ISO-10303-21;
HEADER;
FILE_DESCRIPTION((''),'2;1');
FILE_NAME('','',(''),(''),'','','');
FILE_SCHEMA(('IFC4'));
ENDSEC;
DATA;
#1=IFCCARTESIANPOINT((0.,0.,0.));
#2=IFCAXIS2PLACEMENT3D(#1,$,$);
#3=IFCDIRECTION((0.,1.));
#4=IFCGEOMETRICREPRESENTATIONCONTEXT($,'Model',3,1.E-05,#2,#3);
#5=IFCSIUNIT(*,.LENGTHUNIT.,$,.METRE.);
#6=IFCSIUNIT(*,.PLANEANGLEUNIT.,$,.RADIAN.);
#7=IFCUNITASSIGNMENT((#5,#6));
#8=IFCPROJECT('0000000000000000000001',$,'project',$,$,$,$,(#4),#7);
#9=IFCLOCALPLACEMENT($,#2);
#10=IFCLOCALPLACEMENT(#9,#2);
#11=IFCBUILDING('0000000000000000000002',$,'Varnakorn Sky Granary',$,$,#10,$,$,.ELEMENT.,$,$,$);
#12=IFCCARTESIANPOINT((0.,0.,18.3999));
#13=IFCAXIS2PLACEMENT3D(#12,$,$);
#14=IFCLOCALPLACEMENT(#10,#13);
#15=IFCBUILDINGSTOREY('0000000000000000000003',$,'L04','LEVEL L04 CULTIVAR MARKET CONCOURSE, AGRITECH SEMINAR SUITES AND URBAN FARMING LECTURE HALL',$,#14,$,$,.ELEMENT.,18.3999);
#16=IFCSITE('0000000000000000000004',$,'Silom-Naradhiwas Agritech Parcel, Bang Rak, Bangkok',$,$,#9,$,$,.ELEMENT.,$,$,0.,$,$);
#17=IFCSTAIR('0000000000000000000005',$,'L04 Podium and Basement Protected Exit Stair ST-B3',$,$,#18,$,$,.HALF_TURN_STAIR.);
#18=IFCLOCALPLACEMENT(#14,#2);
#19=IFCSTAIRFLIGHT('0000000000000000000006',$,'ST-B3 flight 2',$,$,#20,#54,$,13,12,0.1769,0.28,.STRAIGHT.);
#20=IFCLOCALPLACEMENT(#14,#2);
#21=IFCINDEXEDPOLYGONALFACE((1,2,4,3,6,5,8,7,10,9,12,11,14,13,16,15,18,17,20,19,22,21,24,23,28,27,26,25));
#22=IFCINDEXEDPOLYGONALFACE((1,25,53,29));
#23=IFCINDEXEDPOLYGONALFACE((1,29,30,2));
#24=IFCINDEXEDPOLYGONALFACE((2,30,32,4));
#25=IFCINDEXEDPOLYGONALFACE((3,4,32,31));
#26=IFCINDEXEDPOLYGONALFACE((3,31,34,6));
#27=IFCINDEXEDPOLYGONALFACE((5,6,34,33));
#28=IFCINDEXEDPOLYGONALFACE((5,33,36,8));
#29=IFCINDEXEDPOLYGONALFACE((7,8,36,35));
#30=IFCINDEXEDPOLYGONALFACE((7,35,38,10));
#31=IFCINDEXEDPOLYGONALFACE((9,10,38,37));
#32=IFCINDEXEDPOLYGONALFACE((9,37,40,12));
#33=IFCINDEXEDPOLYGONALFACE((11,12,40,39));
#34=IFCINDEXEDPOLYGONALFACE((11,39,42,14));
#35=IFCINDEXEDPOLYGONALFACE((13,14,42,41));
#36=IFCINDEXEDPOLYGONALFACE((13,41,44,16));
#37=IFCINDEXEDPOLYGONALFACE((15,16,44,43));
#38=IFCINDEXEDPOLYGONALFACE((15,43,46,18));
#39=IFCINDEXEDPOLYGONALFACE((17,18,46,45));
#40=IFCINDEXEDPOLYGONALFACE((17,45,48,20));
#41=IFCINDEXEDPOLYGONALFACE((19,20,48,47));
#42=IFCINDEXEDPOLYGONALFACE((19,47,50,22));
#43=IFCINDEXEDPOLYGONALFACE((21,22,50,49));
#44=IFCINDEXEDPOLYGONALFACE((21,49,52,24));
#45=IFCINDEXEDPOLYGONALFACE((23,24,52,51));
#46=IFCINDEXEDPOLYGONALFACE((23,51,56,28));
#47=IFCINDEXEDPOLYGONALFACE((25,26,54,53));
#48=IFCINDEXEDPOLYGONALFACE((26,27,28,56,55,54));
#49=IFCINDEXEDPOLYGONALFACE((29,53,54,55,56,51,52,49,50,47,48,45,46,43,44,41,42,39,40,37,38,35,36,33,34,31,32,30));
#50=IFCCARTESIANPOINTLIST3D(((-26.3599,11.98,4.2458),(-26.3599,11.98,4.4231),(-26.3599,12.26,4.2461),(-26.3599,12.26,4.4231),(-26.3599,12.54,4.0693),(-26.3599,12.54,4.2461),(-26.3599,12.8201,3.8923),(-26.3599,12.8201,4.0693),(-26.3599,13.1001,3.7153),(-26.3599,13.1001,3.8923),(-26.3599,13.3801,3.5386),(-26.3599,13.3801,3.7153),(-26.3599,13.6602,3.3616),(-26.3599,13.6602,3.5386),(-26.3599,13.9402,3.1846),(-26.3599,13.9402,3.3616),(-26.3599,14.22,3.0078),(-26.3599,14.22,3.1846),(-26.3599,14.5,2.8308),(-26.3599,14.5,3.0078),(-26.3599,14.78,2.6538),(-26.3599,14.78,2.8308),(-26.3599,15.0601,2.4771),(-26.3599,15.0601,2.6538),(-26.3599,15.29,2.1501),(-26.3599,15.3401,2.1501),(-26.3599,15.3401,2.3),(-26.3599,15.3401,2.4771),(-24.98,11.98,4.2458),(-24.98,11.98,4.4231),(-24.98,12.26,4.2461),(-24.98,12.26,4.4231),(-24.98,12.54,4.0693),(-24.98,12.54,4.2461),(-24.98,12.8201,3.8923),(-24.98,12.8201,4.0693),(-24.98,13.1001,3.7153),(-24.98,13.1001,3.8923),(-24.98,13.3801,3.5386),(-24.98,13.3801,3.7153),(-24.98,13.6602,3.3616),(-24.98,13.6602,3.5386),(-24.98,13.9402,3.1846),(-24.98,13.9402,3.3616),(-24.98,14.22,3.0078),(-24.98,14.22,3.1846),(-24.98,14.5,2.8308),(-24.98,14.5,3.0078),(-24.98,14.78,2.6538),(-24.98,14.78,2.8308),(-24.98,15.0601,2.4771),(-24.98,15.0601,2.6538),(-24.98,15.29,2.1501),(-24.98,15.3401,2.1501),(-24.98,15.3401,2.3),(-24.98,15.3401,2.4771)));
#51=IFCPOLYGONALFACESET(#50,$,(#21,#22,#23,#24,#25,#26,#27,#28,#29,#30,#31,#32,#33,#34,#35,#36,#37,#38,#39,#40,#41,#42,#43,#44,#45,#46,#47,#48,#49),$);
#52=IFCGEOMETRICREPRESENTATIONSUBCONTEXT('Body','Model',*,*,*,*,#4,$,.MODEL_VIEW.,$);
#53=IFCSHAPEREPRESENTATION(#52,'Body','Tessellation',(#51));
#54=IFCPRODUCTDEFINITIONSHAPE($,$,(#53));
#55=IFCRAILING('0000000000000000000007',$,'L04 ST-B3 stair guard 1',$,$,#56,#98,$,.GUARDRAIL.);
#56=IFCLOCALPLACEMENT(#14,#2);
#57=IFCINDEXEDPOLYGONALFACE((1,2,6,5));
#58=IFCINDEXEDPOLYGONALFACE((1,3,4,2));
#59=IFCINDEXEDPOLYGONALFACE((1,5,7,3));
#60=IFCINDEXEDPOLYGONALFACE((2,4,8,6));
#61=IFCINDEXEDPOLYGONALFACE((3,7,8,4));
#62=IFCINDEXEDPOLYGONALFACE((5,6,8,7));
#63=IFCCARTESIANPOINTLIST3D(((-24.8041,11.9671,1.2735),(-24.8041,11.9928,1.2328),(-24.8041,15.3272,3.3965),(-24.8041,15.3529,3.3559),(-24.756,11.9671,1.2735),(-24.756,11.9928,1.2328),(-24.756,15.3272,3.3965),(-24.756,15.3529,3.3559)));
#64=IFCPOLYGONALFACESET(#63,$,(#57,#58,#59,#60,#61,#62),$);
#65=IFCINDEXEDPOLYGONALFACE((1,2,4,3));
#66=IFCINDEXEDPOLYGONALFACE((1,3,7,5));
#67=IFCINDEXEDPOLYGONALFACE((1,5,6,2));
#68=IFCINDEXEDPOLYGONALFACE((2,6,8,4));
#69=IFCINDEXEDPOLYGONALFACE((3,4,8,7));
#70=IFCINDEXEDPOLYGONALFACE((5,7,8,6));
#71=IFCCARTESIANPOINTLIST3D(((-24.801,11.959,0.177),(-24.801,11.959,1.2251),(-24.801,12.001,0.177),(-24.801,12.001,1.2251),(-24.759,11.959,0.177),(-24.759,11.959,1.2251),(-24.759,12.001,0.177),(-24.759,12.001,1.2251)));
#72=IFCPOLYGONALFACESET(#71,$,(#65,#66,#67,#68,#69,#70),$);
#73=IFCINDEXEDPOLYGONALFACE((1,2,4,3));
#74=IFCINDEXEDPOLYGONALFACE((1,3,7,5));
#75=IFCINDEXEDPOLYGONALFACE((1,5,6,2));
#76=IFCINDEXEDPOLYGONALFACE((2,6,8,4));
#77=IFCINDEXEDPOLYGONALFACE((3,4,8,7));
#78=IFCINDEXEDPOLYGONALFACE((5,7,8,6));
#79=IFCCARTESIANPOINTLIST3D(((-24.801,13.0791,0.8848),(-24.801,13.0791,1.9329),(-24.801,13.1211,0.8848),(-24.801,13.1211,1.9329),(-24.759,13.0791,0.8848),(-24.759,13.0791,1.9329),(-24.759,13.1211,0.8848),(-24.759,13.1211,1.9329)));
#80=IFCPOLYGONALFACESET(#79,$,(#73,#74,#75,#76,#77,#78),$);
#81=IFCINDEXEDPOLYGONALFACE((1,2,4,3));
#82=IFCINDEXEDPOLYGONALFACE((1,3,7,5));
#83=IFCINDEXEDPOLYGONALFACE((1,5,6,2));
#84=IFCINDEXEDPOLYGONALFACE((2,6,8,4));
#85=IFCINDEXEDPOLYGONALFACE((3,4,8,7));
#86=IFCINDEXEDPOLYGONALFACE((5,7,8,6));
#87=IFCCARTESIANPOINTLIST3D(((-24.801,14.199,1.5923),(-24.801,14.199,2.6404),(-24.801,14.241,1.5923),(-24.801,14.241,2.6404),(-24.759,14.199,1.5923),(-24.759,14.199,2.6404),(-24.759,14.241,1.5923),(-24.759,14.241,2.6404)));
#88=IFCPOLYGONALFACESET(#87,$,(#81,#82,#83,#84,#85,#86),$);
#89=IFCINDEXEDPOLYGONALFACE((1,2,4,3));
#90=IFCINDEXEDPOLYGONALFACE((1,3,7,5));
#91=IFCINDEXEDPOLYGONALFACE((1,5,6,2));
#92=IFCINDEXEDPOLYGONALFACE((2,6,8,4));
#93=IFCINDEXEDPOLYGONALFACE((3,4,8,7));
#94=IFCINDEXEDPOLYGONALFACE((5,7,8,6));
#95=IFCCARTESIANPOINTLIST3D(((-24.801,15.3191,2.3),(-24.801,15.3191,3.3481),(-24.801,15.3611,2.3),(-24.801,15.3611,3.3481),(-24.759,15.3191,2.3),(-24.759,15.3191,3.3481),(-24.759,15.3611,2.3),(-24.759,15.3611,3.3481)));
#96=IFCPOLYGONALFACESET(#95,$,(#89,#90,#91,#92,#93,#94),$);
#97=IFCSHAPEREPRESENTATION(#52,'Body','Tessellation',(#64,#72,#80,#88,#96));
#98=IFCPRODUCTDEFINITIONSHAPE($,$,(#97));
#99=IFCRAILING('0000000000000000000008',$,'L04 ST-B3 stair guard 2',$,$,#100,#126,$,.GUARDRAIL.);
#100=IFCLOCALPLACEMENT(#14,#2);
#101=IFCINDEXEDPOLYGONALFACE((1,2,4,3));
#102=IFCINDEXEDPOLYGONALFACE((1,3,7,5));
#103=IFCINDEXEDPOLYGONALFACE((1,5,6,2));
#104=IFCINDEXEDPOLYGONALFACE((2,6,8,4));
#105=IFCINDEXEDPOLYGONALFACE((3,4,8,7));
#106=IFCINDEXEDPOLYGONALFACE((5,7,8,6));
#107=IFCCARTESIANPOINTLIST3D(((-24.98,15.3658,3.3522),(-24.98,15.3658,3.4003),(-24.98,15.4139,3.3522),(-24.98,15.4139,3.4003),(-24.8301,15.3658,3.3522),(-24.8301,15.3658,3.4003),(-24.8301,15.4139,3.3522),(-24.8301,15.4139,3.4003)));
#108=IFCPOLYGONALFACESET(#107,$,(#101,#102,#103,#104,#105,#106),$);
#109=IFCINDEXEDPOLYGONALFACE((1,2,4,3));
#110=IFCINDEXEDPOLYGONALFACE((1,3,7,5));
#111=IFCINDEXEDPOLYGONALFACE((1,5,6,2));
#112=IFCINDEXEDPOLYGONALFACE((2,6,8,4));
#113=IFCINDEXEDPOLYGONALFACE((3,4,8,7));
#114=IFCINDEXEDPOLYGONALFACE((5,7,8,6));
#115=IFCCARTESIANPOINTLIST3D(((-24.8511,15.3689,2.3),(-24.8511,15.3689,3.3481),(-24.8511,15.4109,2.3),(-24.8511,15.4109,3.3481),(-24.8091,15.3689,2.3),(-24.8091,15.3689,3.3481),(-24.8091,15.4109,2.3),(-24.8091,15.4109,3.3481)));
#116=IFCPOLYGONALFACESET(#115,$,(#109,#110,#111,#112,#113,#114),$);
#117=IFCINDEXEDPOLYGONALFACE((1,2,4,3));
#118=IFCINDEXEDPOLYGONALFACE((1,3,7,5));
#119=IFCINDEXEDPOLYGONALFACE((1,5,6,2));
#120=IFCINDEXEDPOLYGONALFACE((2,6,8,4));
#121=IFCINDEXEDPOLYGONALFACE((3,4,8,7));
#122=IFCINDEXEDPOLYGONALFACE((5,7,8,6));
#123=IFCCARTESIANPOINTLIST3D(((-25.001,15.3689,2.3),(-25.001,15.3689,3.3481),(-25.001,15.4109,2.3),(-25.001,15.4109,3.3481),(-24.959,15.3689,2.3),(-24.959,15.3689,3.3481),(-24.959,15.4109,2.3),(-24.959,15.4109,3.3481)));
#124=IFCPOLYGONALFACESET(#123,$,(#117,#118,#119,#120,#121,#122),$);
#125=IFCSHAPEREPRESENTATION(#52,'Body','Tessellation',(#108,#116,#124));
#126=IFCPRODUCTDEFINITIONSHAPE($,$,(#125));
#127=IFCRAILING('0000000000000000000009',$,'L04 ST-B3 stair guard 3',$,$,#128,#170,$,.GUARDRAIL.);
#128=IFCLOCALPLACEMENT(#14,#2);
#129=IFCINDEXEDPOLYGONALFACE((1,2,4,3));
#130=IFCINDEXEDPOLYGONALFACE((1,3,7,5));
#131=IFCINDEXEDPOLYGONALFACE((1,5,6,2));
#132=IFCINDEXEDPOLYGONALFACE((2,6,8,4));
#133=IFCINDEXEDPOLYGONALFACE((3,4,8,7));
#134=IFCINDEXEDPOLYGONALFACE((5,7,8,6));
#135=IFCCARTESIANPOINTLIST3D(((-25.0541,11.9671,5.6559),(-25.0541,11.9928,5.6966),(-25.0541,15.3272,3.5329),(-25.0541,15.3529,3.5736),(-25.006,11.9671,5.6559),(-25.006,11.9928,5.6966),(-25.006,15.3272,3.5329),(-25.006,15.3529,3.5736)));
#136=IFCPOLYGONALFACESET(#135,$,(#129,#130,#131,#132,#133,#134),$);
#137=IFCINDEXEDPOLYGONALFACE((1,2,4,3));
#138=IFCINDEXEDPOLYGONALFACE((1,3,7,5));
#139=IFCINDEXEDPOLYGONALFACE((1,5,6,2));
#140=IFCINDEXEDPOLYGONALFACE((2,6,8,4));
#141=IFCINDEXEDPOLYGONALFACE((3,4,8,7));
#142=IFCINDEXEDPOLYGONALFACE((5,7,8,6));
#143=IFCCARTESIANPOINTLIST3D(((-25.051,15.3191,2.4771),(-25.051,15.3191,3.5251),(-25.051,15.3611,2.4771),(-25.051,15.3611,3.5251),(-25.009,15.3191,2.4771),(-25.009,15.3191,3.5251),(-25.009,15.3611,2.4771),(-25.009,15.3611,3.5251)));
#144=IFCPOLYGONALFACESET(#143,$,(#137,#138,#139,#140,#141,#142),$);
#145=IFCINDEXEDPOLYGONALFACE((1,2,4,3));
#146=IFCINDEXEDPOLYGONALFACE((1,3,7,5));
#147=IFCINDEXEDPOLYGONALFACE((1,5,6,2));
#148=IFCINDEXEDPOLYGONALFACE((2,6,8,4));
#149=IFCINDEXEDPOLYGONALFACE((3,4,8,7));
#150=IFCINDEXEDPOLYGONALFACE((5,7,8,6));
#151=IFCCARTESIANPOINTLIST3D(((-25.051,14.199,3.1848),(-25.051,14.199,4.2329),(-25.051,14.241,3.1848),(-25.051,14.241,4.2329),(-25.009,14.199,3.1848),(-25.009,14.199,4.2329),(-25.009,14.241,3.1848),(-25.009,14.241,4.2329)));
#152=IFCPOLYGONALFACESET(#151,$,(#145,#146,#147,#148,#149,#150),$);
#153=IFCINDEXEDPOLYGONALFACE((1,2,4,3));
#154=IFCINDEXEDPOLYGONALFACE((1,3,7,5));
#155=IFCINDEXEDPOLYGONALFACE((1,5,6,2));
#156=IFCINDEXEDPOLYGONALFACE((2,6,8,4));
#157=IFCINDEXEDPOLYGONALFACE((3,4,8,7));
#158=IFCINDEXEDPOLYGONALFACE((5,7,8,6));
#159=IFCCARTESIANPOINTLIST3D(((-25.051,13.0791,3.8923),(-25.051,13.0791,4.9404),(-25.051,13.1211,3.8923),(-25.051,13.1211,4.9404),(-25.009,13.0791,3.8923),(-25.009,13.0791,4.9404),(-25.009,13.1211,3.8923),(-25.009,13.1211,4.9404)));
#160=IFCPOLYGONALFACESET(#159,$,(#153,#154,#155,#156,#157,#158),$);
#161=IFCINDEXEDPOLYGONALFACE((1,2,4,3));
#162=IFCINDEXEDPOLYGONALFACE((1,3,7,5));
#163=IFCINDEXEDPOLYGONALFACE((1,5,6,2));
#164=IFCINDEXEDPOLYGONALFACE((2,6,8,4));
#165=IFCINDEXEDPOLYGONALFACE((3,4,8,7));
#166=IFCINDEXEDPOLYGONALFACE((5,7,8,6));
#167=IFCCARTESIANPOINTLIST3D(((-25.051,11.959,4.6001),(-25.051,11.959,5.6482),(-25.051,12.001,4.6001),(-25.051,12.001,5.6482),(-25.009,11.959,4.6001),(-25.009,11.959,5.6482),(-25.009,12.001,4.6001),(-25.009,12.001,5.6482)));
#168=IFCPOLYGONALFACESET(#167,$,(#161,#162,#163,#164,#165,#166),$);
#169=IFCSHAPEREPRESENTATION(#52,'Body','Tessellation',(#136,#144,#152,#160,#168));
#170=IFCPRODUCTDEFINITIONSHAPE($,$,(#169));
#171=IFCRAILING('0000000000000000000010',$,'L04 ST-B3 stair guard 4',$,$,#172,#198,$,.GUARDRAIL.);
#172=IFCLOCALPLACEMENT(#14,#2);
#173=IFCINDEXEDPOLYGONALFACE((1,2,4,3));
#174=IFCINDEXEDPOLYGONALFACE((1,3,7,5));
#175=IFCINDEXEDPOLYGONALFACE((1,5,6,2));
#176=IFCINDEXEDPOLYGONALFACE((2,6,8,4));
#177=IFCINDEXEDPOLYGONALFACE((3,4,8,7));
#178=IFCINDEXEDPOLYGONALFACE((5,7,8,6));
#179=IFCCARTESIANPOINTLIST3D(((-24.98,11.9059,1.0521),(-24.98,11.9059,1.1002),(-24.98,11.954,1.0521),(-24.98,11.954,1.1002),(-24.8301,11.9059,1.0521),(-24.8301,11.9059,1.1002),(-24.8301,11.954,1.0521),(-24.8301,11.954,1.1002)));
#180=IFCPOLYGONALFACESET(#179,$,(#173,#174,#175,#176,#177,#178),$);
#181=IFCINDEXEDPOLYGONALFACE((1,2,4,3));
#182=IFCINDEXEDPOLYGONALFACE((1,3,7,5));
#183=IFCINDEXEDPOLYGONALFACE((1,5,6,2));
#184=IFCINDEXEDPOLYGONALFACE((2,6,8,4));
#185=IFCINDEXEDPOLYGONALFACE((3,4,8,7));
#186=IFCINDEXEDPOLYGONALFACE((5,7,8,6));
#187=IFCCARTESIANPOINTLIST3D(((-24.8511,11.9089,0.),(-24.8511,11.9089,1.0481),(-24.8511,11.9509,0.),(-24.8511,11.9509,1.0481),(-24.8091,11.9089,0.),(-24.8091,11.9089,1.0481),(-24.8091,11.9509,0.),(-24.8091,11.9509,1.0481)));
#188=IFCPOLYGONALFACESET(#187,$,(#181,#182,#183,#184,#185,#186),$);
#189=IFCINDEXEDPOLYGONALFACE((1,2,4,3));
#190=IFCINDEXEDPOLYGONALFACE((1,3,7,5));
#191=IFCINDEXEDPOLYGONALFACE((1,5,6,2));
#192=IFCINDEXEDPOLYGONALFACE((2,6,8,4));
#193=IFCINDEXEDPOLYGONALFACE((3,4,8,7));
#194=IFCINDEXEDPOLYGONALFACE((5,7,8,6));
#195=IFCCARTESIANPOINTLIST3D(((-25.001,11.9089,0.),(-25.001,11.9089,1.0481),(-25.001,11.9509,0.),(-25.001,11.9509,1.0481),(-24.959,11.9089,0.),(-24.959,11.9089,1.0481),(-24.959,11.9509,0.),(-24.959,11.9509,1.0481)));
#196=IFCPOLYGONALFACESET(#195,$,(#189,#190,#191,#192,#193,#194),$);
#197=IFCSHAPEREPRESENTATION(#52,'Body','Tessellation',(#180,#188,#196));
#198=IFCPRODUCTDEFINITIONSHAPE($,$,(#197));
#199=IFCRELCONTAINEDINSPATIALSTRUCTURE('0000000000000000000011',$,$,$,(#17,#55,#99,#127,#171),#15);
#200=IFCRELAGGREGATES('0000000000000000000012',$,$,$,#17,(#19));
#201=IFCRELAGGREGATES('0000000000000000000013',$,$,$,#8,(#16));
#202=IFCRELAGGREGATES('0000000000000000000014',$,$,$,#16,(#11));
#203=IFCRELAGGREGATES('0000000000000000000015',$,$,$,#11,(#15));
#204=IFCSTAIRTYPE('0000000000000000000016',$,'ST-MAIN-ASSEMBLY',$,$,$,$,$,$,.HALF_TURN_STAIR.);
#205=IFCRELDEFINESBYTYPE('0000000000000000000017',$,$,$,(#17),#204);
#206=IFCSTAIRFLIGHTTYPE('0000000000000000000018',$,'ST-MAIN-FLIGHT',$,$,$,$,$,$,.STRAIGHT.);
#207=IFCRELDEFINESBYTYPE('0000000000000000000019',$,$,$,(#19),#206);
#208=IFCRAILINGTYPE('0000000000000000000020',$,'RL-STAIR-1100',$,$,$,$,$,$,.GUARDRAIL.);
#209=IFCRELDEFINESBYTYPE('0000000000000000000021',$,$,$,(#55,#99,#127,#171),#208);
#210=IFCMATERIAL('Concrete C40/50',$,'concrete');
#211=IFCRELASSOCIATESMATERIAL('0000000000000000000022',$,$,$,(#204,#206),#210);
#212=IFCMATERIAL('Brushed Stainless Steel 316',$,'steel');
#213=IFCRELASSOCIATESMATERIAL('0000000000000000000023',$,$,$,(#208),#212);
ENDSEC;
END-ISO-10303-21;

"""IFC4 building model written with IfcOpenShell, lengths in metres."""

from ifc_helpers import new_model, si_unit, direction, frame, origin, origin_2d, place, context, subcontext, project, spatial, polyline, rectangle, outline, extrude, material, type_object, element, aggregate, save


model = new_model("IFC4")

# Units and contexts
model_context = context("Model", 3, precision=1e-05, world=origin(), true_north=direction((0.0, 1.0)))
body_context = subcontext(model_context, "Body", "Model", "MODEL_VIEW")
ifc_project = project(units=[si_unit("LENGTHUNIT", "METRE"), si_unit("PLANEANGLEUNIT", "RADIAN")], contexts=[model_context])

# Site, building, storey
site_placement = place(None, origin())
site = spatial("IfcSite", under=ifc_project, at=site_placement, Name="Silom-Naradhiwas Agritech Parcel, Bang Rak, Bangkok", CompositionType="ELEMENT", RefElevation=0.0)
building_placement = place(site_placement, origin())
building = spatial("IfcBuilding", under=site, at=building_placement, Name="Varnakorn Sky Granary", CompositionType="ELEMENT")
storey_placement = place(building_placement, frame((0.0, 0.0, 18.3999)))
storey = spatial("IfcBuildingStorey", under=building, at=storey_placement, Name="L04", Description="LEVEL L04 CULTIVAR MARKET CONCOURSE, AGRITECH SEMINAR SUITES AND URBAN FARMING LECTURE HALL", CompositionType="ELEMENT", Elevation=18.3999)

# Stair, stair flight
ifc_material_1 = material(Name="Concrete C40/50", Category="concrete")
stair_type = type_object("IfcStairType", Name="ST-MAIN-ASSEMBLY", PredefinedType="HALF_TURN_STAIR", material=ifc_material_1)
stair_placement = place(storey_placement, origin())
stair = element("IfcStair", 1, at=stair_placement, inside=storey, type_object=stair_type, Name="L04 Podium and Basement Protected Exit Stair ST-B3", PredefinedType="HALF_TURN_STAIR")
stair_flight_type = type_object("IfcStairFlightType", Name="ST-MAIN-FLIGHT", PredefinedType="STRAIGHT", material=ifc_material_1)
stair_flight_1_placement = place(storey_placement, frame((-25.6699, 15.3401, 2.3), z_axis=(0.0, 0.0, 1.0), x_axis=(0.0, -1.0, 0.0)))
stair_flight_1 = element("IfcStairFlight", 2, at=stair_flight_1_placement, type_object=stair_flight_type, Name="ST-B3 flight 2", NumberOfRisers=13, NumberOfTreads=12, PredefinedType="STRAIGHT", RiserHeight=0.1769, TreadLength=0.28, context=body_context, shape_type="SweptSolid", body=[
    extrude(outline(polyline([(0.0, -0.1499), (0.0, 0.0), (0.0, 0.177), (0.28, 0.177), (0.28, 0.3538), (0.5601, 0.3538), (0.5601, 0.5308), (0.8401, 0.5308), (0.8401, 0.7078), (1.1201, 0.7078), (1.1201, 0.8845), (1.3999, 0.8845), (1.3999, 1.0615), (1.6799, 1.0615), (1.6799, 1.2385), (1.96, 1.2385), (1.96, 1.4153), (2.24, 1.4153), (2.24, 1.5923), (2.52, 1.5923), (2.52, 1.7693), (2.8, 1.7693), (2.8, 1.946), (3.0801, 1.946), (3.0801, 2.123), (3.3601, 2.123), (3.3601, 2.3), (3.3601, 1.9458), (0.05, -0.1499), (0.0, -0.1499)])), frame((0.0, 0.6899, 0.0), z_axis=(0.0, -1.0, 0.0), x_axis=(1.0, 0.0, 0.0)), (0.0, 0.0, 1.0), 1.3799),
])
aggregate(stair, [stair_flight_1])

# Railings
ifc_material_2 = material(Name="Brushed Stainless Steel 316", Category="steel")
railing_type_1 = type_object("IfcRailingType", Name="RL-STAIR-1100", PredefinedType="GUARDRAIL", material=ifc_material_2)
railing_1_placement = place(storey_placement, frame((-24.78, 11.98, 0.177)))
element("IfcRailing", 3, at=railing_1_placement, inside=storey, type_object=railing_type_1, Name="L04 ST-B3 stair guard 1", PredefinedType="GUARDRAIL", context=body_context, shape_type="SweptSolid", body=[
    extrude(rectangle(XDim=0.0481, YDim=0.0481, at=origin_2d()), frame((0.0, 0.0, 1.0762), z_axis=(0.0, 0.84539, 0.53415), x_axis=(-1.0, 0.0, 0.0)), (0.0, 0.0, 1.0), 3.9746),
    extrude(rectangle(XDim=0.042, YDim=0.042, at=origin_2d()), origin(), (0.0, 0.0, 1.0), 1.0481),
    extrude(rectangle(XDim=0.042, YDim=0.042, at=origin_2d()), frame((0.0, 1.1201, 0.7078)), (0.0, 0.0, 1.0), 1.0481),
    extrude(rectangle(XDim=0.042, YDim=0.042, at=origin_2d()), frame((0.0, 2.24, 1.4153)), (0.0, 0.0, 1.0), 1.0481),
    extrude(rectangle(XDim=0.042, YDim=0.042, at=origin_2d()), frame((0.0, 3.3601, 2.123)), (0.0, 0.0, 1.0), 1.0481),
])
railing_2_placement = place(storey_placement, frame((-24.8301, 15.3899, 2.3)))
element("IfcRailing", 4, at=railing_2_placement, inside=storey, type_object=railing_type_1, Name="L04 ST-B3 stair guard 2", PredefinedType="GUARDRAIL", context=body_context, shape_type="SweptSolid", body=[
    extrude(rectangle(XDim=0.0481, YDim=0.0481, at=origin_2d()), frame((0.0, 0.0, 1.0762), z_axis=(-1.0, 0.0, 0.0), x_axis=(0.0, -1.0, 0.0)), (0.0, 0.0, 1.0), 0.1499),
    extrude(rectangle(XDim=0.042, YDim=0.042, at=origin_2d()), origin(), (0.0, 0.0, 1.0), 1.0481),
    extrude(rectangle(XDim=0.042, YDim=0.042, at=origin_2d()), frame((-0.1499, 0.0, 0.0)), (0.0, 0.0, 1.0), 1.0481),
])
railing_3_placement = place(storey_placement, frame((-25.03, 15.3401, 2.4771)))
element("IfcRailing", 5, at=railing_3_placement, inside=storey, type_object=railing_type_1, Name="L04 ST-B3 stair guard 3", PredefinedType="GUARDRAIL", context=body_context, shape_type="SweptSolid", body=[
    extrude(rectangle(XDim=0.0481, YDim=0.0481, at=origin_2d()), frame((0.0, 0.0, 1.0762), z_axis=(0.0, -0.84539, 0.53415), x_axis=(1.0, 0.0, 0.0)), (0.0, 0.0, 1.0), 3.9746),
    extrude(rectangle(XDim=0.042, YDim=0.042, at=origin_2d()), origin(), (0.0, 0.0, 1.0), 1.0481),
    extrude(rectangle(XDim=0.042, YDim=0.042, at=origin_2d()), frame((0.0, -1.1201, 0.7078)), (0.0, 0.0, 1.0), 1.0481),
    extrude(rectangle(XDim=0.042, YDim=0.042, at=origin_2d()), frame((0.0, -2.24, 1.4153)), (0.0, 0.0, 1.0), 1.0481),
    extrude(rectangle(XDim=0.042, YDim=0.042, at=origin_2d()), frame((0.0, -3.3601, 2.123)), (0.0, 0.0, 1.0), 1.0481),
])
railing_4_placement = place(storey_placement, frame((-24.8301, 11.9299, 0.0)))
element("IfcRailing", 6, at=railing_4_placement, inside=storey, type_object=railing_type_1, Name="L04 ST-B3 stair guard 4", PredefinedType="GUARDRAIL", context=body_context, shape_type="SweptSolid", body=[
    extrude(rectangle(XDim=0.0481, YDim=0.0481, at=origin_2d()), frame((0.0, 0.0, 1.0762), z_axis=(-1.0, 0.0, 0.0), x_axis=(0.0, -1.0, 0.0)), (0.0, 0.0, 1.0), 0.1499),
    extrude(rectangle(XDim=0.042, YDim=0.042, at=origin_2d()), origin(), (0.0, 0.0, 1.0), 1.0481),
    extrude(rectangle(XDim=0.042, YDim=0.042, at=origin_2d()), frame((-0.1499, 0.0, 0.0)), (0.0, 0.0, 1.0), 1.0481),
])

save(model, "model.ifc")
